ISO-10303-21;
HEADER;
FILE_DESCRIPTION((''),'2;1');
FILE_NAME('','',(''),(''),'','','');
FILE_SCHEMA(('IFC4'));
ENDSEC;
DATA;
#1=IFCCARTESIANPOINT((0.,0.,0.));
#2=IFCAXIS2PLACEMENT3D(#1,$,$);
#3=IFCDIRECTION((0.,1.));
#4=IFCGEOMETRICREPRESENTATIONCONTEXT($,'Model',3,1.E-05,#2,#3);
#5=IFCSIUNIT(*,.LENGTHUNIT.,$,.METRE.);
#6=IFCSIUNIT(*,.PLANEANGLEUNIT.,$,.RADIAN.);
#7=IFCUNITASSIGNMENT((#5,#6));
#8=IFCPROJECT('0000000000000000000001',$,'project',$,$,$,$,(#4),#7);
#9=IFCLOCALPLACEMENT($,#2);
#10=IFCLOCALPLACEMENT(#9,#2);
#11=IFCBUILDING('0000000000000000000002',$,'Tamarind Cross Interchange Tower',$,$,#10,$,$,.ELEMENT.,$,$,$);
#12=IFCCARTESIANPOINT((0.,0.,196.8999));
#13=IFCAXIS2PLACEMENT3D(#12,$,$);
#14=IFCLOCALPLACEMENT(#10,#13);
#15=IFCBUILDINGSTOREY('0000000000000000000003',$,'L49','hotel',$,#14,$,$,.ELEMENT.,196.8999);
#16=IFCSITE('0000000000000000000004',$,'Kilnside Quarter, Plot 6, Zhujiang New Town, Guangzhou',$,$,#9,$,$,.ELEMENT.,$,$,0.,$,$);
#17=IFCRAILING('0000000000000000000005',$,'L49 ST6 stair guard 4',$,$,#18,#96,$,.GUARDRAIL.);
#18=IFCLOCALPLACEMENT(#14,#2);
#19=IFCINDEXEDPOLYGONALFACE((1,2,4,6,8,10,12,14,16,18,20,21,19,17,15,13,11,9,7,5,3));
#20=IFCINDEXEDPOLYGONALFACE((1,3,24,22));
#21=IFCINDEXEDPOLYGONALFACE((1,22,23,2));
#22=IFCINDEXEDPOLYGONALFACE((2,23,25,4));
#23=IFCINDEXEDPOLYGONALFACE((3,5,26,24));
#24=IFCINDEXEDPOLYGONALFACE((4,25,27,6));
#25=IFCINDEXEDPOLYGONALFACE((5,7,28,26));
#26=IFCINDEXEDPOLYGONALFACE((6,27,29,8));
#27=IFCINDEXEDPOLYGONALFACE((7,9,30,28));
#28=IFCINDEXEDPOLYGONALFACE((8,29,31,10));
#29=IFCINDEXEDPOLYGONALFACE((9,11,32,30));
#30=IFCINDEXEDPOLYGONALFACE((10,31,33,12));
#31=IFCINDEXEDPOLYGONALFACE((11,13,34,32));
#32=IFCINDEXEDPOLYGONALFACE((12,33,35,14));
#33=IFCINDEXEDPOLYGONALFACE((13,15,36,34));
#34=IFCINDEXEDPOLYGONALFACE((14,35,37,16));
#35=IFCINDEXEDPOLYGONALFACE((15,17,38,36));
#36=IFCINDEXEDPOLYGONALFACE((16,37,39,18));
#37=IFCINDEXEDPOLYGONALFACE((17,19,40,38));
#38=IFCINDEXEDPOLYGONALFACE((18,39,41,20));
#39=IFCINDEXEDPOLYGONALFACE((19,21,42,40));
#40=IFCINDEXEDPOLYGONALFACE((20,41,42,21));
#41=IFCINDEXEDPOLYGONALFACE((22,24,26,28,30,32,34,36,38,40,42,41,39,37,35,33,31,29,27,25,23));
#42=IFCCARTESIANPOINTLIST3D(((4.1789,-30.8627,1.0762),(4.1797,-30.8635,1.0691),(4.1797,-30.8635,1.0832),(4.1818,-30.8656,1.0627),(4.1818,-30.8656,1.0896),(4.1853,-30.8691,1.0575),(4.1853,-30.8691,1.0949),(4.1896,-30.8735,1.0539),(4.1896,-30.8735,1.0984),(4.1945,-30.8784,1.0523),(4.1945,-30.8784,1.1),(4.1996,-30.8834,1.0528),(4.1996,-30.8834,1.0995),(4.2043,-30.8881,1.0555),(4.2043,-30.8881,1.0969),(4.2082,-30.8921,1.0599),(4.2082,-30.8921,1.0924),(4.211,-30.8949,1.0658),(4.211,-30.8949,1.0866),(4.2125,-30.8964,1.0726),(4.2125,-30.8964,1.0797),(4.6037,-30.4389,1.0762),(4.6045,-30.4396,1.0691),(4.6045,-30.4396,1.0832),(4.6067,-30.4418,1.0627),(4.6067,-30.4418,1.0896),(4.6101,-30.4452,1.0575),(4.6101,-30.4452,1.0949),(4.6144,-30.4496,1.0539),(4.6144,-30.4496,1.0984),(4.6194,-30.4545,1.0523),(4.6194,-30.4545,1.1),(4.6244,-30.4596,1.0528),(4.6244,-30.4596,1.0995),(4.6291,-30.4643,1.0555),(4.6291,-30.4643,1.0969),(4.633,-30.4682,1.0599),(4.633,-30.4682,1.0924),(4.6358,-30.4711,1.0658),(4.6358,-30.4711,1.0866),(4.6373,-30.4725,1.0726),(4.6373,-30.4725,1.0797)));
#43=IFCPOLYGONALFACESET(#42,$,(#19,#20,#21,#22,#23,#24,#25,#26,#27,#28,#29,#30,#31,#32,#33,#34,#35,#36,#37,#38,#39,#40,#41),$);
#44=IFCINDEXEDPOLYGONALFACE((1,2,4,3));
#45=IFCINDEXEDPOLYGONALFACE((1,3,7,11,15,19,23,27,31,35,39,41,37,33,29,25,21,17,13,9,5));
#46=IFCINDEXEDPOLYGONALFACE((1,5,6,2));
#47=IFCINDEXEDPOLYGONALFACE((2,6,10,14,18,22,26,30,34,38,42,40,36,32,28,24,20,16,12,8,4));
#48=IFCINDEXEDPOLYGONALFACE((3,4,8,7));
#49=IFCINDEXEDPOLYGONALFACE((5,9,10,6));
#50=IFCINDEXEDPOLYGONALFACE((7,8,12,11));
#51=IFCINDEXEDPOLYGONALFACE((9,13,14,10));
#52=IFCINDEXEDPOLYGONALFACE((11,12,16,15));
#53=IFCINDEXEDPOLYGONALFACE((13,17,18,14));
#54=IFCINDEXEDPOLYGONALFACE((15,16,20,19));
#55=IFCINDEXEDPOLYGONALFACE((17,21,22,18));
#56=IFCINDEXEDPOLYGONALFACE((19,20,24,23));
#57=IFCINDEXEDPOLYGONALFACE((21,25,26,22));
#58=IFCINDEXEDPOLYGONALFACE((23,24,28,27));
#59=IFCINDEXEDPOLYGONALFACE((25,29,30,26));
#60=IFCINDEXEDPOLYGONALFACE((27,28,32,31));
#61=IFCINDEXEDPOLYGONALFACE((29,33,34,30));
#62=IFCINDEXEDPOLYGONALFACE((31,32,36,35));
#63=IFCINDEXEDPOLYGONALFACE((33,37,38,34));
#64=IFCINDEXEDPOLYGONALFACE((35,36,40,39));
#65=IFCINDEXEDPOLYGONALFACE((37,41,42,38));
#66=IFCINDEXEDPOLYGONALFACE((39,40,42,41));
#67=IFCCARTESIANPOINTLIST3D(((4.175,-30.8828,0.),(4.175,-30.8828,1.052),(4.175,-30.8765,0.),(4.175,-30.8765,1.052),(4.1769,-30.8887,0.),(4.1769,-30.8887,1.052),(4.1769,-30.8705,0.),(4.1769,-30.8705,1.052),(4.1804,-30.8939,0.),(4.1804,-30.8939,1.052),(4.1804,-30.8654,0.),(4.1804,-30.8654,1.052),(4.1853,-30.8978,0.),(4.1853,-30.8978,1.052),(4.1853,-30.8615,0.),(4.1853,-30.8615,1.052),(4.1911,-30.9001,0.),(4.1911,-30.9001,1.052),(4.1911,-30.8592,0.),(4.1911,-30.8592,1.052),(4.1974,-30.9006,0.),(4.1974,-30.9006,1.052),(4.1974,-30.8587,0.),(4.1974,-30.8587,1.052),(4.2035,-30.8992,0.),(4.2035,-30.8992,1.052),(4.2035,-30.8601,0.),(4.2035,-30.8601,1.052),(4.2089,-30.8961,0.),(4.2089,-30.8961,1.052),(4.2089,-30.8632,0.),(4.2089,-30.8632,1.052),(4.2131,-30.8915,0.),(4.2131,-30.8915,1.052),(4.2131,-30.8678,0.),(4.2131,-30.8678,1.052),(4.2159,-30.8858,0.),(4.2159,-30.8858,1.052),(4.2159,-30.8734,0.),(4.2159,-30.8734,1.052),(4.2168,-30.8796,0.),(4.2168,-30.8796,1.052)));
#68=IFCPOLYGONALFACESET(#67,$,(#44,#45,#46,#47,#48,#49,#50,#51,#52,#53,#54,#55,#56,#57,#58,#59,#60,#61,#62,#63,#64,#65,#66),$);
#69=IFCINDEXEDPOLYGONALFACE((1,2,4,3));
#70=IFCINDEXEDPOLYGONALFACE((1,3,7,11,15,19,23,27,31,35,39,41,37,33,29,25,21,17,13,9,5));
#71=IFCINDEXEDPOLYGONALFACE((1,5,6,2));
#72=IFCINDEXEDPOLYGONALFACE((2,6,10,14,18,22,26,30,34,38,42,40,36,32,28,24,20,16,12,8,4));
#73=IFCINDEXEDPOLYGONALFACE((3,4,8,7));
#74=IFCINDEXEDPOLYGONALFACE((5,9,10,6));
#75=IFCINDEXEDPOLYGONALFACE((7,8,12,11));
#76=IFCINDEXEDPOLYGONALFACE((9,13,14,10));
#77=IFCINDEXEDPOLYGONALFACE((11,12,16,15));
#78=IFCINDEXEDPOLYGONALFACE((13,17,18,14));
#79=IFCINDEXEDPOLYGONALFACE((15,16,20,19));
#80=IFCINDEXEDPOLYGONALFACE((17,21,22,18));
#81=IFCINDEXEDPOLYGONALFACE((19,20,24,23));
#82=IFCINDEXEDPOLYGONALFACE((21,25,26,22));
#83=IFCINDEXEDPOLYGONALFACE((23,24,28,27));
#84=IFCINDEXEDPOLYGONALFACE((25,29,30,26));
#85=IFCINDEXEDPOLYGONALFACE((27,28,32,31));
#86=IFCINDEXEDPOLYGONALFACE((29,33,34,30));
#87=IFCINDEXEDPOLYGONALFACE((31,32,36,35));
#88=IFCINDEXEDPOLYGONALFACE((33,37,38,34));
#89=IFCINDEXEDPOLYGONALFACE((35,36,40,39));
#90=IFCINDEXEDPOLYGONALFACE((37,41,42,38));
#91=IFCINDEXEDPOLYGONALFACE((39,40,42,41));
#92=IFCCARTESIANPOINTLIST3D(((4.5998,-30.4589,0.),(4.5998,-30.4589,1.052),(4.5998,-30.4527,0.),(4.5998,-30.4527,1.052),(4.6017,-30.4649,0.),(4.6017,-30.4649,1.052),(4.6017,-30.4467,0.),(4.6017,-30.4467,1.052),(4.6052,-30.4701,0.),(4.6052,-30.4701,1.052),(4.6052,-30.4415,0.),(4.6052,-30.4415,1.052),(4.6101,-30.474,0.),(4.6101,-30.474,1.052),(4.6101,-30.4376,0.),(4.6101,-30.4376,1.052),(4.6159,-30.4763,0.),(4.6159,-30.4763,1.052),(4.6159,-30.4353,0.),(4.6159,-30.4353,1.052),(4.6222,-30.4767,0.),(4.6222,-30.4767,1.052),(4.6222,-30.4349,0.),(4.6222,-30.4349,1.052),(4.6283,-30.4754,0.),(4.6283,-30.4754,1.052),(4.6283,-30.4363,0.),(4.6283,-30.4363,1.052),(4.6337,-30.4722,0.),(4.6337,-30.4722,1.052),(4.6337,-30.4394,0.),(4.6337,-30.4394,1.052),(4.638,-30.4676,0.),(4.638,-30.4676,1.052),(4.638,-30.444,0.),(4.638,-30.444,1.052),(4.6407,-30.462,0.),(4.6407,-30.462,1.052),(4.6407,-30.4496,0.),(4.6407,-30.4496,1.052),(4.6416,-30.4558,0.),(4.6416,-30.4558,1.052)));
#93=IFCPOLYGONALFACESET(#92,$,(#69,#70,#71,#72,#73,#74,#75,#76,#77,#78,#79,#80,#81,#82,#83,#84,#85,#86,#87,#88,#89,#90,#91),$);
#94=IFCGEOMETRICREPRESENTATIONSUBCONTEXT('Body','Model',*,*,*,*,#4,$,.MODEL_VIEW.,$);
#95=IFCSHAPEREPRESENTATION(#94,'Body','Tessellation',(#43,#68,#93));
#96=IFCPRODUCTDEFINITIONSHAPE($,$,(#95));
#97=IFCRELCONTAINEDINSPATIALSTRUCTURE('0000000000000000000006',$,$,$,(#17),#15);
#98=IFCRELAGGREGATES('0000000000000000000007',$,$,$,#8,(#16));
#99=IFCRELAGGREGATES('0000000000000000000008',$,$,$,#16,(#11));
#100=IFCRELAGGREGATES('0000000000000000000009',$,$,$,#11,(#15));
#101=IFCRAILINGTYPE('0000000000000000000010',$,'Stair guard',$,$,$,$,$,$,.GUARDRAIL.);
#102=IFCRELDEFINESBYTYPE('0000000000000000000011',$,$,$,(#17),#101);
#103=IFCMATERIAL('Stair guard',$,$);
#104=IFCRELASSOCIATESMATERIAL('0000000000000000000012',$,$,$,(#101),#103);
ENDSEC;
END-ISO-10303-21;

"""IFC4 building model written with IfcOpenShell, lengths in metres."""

from ifc_helpers import new_model, si_unit, direction, frame, origin, origin_2d, place, context, subcontext, project, spatial, circle, extrude, material, type_object, element, save


model = new_model("IFC4")

# Units and contexts
model_context = context("Model", 3, precision=1e-05, world=origin(), true_north=direction((0.0, 1.0)))
body_context = subcontext(model_context, "Body", "Model", "MODEL_VIEW")
ifc_project = project(units=[si_unit("LENGTHUNIT", "METRE"), si_unit("PLANEANGLEUNIT", "RADIAN")], contexts=[model_context])

# Site, building, storey
site_placement = place(None, origin())
site = spatial("IfcSite", under=ifc_project, at=site_placement, Name="Kilnside Quarter, Plot 6, Zhujiang New Town, Guangzhou", CompositionType="ELEMENT", RefElevation=0.0)
building_placement = place(site_placement, origin())
building = spatial("IfcBuilding", under=site, at=building_placement, Name="Tamarind Cross Interchange Tower", CompositionType="ELEMENT")
storey_placement = place(building_placement, frame((0.0, 0.0, 196.8999)))
storey = spatial("IfcBuildingStorey", under=building, at=storey_placement, Name="L49", Description="hotel", CompositionType="ELEMENT", Elevation=196.8999)

# Railing
ifc_material_1 = material(Name="Stair guard")
railing_type = type_object("IfcRailingType", Name="Stair guard", PredefinedType="GUARDRAIL", material=ifc_material_1)
railing_1_placement = place(storey_placement, frame((4.1958, -30.8796, 0.0)))
element("IfcRailing", 1, at=railing_1_placement, inside=storey, type_object=railing_type, Name="L49 ST6 stair guard 4", PredefinedType="GUARDRAIL", context=body_context, shape_type="SweptSolid", body=[
    extrude(circle(Radius=0.0239, at=origin_2d()), frame((0.0, 0.0, 1.0762), z_axis=(0.70792, 0.706293, 0.0), x_axis=(-0.706293, 0.70792, 0.0)), (0.0, 0.0, 1.0), 0.6001),
    extrude(circle(Radius=0.021, at=origin_2d()), origin(), (0.0, 0.0, 1.0), 1.052),
    extrude(circle(Radius=0.021, at=origin_2d()), frame((0.4248, 0.4238, 0.0)), (0.0, 0.0, 1.0), 1.052),
])

save(model, "model.ifc")
